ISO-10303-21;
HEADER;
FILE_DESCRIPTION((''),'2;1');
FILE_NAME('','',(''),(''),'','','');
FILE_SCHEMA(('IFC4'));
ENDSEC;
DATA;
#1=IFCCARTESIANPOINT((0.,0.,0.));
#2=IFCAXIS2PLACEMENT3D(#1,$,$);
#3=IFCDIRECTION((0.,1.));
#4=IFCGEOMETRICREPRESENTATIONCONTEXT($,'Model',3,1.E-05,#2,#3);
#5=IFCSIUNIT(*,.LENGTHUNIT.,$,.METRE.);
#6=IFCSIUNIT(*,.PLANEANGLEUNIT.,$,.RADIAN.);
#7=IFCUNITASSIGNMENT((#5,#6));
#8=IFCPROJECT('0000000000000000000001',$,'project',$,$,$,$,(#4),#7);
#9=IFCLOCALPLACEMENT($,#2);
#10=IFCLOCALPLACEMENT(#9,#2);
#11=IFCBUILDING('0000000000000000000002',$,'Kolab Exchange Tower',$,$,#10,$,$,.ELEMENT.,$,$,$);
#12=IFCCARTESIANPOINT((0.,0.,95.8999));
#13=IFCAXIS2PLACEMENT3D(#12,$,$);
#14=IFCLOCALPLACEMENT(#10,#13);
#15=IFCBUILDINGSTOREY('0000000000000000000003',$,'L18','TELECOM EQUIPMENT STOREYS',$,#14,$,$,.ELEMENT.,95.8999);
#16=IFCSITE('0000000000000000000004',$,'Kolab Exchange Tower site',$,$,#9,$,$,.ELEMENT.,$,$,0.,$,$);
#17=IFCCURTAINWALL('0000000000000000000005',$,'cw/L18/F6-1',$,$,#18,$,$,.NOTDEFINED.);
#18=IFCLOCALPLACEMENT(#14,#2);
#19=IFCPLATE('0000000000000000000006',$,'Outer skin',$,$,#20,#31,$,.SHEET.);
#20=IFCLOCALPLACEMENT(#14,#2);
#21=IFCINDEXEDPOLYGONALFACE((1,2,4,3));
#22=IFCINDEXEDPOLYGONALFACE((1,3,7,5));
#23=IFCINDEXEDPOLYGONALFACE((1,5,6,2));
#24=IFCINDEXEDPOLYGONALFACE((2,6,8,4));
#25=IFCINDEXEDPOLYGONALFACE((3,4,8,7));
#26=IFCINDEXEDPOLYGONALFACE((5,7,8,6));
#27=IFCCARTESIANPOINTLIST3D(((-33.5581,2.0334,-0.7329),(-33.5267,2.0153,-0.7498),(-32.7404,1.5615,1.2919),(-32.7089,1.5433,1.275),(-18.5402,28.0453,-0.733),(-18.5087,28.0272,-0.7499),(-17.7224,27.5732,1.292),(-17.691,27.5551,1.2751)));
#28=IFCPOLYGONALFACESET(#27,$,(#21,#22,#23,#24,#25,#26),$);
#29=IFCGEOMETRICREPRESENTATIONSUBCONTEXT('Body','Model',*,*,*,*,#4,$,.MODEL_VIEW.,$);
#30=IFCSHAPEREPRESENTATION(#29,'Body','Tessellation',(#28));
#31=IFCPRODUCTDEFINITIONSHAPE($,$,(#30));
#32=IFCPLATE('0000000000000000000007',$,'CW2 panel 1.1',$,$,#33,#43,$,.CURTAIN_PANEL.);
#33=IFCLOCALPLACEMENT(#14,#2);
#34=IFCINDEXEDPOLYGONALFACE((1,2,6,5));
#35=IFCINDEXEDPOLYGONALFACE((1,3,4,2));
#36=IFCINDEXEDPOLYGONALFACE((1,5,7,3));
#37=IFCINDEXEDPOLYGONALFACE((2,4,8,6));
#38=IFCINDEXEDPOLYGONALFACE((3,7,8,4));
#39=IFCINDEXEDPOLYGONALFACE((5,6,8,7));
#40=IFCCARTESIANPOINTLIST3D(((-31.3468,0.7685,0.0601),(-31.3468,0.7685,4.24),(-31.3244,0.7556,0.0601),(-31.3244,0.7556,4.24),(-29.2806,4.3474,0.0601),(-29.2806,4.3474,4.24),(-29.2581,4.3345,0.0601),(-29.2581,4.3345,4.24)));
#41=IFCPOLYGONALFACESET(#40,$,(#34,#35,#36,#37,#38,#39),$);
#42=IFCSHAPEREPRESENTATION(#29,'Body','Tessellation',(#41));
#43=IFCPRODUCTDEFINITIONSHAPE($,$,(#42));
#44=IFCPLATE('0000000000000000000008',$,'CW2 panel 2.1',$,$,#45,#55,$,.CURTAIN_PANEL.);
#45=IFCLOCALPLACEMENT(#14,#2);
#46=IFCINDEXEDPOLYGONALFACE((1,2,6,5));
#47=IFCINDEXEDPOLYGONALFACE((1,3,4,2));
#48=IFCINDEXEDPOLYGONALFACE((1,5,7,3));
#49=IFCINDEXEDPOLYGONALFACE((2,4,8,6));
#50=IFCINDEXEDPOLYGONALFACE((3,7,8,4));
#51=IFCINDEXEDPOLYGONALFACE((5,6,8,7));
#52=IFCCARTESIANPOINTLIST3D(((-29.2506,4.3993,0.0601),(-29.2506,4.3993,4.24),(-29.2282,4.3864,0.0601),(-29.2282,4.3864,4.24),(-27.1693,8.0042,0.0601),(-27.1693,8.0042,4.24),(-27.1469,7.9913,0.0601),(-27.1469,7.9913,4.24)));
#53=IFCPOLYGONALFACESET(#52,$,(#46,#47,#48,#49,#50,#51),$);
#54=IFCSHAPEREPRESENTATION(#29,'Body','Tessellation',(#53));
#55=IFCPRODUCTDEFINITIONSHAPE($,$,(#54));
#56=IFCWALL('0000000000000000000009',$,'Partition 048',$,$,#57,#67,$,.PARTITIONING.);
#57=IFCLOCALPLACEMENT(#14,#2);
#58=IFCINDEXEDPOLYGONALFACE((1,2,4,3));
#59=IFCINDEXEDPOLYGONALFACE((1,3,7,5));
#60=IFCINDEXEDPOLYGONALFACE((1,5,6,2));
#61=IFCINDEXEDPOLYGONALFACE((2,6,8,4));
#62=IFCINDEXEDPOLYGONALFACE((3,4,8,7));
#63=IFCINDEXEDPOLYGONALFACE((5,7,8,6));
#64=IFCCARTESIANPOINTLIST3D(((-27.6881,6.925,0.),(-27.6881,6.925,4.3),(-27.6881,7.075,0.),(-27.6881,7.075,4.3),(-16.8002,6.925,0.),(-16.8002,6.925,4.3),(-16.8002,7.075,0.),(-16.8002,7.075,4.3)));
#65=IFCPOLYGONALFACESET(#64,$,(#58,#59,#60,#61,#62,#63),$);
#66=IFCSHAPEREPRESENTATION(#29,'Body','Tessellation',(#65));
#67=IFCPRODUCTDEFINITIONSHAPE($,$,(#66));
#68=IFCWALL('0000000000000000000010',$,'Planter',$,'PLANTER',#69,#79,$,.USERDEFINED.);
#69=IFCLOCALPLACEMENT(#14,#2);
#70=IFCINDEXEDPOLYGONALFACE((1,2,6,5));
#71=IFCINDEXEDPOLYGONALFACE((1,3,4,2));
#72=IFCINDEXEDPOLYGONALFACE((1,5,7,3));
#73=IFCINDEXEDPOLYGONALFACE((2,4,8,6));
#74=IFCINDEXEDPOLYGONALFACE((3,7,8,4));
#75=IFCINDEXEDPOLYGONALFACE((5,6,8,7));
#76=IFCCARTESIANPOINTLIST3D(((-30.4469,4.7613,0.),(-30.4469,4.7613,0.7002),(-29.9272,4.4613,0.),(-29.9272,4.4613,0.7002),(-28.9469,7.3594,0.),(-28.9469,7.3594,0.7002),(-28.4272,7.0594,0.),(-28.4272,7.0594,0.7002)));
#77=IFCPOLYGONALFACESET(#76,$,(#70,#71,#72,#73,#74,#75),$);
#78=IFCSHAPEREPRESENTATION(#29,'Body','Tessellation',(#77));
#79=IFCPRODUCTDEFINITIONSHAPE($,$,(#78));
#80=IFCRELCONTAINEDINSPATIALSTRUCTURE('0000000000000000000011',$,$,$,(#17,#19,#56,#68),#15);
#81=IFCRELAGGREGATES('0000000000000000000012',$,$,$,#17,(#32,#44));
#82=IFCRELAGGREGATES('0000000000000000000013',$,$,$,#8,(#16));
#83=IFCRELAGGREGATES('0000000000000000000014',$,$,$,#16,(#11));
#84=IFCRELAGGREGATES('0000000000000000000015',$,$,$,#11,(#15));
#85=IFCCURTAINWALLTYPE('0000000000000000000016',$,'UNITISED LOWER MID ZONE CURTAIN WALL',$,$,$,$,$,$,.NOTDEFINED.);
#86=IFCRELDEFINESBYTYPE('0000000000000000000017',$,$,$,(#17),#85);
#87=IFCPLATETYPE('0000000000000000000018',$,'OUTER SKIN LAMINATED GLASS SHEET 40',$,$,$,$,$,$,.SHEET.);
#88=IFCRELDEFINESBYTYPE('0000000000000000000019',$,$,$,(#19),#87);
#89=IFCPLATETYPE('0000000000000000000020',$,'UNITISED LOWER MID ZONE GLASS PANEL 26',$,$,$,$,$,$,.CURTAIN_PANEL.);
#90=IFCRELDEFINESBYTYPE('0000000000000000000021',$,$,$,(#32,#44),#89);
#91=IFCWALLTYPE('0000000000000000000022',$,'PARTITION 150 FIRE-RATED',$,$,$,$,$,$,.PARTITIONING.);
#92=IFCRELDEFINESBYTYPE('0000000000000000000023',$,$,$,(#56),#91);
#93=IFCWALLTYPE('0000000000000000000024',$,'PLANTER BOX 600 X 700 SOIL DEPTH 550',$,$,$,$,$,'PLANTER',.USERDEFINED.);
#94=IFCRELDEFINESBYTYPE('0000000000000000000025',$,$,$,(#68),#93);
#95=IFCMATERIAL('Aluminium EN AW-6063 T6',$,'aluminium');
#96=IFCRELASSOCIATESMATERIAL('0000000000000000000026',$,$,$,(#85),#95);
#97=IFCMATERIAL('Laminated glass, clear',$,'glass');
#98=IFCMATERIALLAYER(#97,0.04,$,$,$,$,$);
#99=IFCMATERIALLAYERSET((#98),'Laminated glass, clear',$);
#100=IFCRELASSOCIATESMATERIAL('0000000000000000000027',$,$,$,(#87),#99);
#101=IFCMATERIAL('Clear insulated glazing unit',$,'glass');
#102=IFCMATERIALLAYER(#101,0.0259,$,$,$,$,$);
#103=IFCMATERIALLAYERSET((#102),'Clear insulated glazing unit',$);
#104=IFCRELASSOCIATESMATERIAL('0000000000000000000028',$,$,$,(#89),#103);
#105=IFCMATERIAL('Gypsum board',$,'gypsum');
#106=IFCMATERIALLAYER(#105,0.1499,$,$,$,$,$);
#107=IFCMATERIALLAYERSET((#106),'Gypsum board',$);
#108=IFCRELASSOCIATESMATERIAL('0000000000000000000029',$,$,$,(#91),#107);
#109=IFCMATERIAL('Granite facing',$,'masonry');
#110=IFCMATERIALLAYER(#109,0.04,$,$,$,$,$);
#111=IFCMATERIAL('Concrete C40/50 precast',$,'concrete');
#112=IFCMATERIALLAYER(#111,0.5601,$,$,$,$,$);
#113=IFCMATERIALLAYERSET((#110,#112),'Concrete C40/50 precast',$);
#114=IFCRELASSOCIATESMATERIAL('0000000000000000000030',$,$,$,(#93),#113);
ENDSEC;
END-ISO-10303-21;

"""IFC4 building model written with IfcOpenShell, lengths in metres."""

from ifc_helpers import new_model, si_unit, direction, frame, frame_2d, origin, origin_2d, place, context, subcontext, project, spatial, polyline, rectangle, outline, extrude, material, layer, layer_set, type_object, element, aggregate, save


model = new_model("IFC4")

# Units and contexts
model_context = context("Model", 3, precision=1e-05, world=origin(), true_north=direction((0.0, 1.0)))
body_context = subcontext(model_context, "Body", "Model", "MODEL_VIEW")
ifc_project = project(units=[si_unit("LENGTHUNIT", "METRE"), si_unit("PLANEANGLEUNIT", "RADIAN")], contexts=[model_context])

# Site, building, storey
site_placement = place(None, origin())
site = spatial("IfcSite", under=ifc_project, at=site_placement, Name="Kolab Exchange Tower site", CompositionType="ELEMENT", RefElevation=0.0)
building_placement = place(site_placement, origin())
building = spatial("IfcBuilding", under=site, at=building_placement, Name="Kolab Exchange Tower", CompositionType="ELEMENT")
storey_placement = place(building_placement, frame((0.0, 0.0, 95.8999)))
storey = spatial("IfcBuildingStorey", under=building, at=storey_placement, Name="L18", Description="TELECOM EQUIPMENT STOREYS", CompositionType="ELEMENT", Elevation=95.8999)

# Curtain wall
ifc_material_1 = material(Name="Aluminium EN AW-6063 T6", Category="aluminium")
curtain_wall_type = type_object("IfcCurtainWallType", Name="UNITISED LOWER MID ZONE CURTAIN WALL", PredefinedType="NOTDEFINED", material=ifc_material_1)
curtain_wall_1_placement = place(storey_placement, origin())
curtain_wall_1 = element("IfcCurtainWall", 1, at=curtain_wall_1_placement, inside=storey, type_object=curtain_wall_type, Name="cw/L18/F6-1", PredefinedType="NOTDEFINED")

# Plates
ifc_material_2 = material(Name="Laminated glass, clear", Category="glass")
ifc_layer_1 = layer(ifc_material_2, 0.04)
ifc_layer_set_1 = layer_set([ifc_layer_1], Name="Laminated glass, clear")
plate_type_1 = type_object("IfcPlateType", Name="OUTER SKIN LAMINATED GLASS SHEET 40", PredefinedType="SHEET", material=ifc_layer_set_1)
plate_1_placement = place(storey_placement, frame((-33.5581, 2.0334, -0.7329), z_axis=(-0.784887, 0.453155, 0.422613), x_axis=(0.499999, 0.866026, -0.000002)))
element("IfcPlate", 2, at=plate_1_placement, inside=storey, type_object=plate_type_1, Name="Outer skin", PredefinedType="SHEET", context=body_context, shape_type="SweptSolid", body=[
    extrude(outline(polyline([(0.0, 0.0), (30.0359, 0.0), (30.036, -2.2343), (0.0001, -2.2342), (0.0, 0.0)])), origin(), (0.0, 0.0, -1.0), 0.04),
])
ifc_material_3 = material(Name="Clear insulated glazing unit", Category="glass")
ifc_layer_2 = layer(ifc_material_3, 0.0259)
ifc_layer_set_2 = layer_set([ifc_layer_2], Name="Clear insulated glazing unit")
plate_type_2 = type_object("IfcPlateType", Name="UNITISED LOWER MID ZONE GLASS PANEL 26", PredefinedType="CURTAIN_PANEL", material=ifc_layer_set_2)
plate_2_placement = place(storey_placement, frame((-30.3025, 2.5515, 0.0601), z_axis=(0.0, 0.0, 1.0), x_axis=(0.5, 0.866025, 0.0)))
plate_2 = element("IfcPlate", 3, at=plate_2_placement, type_object=plate_type_2, Name="CW2 panel 1.1", PredefinedType="CURTAIN_PANEL", context=body_context, shape_type="SweptSolid", body=[
    extrude(rectangle(XDim=4.1326, YDim=0.0259, at=origin_2d()), origin(), (0.0, 0.0, 1.0), 4.1799),
])
plate_3_placement = place(storey_placement, frame((-28.1987, 6.1953, 0.0601), z_axis=(0.0, 0.0, 1.0), x_axis=(0.5, 0.866025, 0.0)))
plate_3 = element("IfcPlate", 4, at=plate_3_placement, type_object=plate_type_2, Name="CW2 panel 2.1", PredefinedType="CURTAIN_PANEL", context=body_context, shape_type="SweptSolid", body=[
    extrude(rectangle(XDim=4.1626, YDim=0.0259, at=origin_2d()), origin(), (0.0, 0.0, 1.0), 4.1799),
])
aggregate(curtain_wall_1, [plate_2, plate_3])

# Walls
ifc_material_4 = material(Name="Gypsum board", Category="gypsum")
ifc_layer_3 = layer(ifc_material_4, 0.1499)
ifc_layer_set_3 = layer_set([ifc_layer_3], Name="Gypsum board")
wall_type_1 = type_object("IfcWallType", Name="PARTITION 150 FIRE-RATED", PredefinedType="PARTITIONING", material=ifc_layer_set_3)
wall_1_placement = place(storey_placement, frame((-27.688, 7.0, 0.0), z_axis=(0.0, 0.0, 1.0), x_axis=(1.0, 0.0, 0.0)))
element("IfcWall", 5, at=wall_1_placement, inside=storey, type_object=wall_type_1, Name="Partition 048", PredefinedType="PARTITIONING", context=body_context, shape_type="SweptSolid", body=[
    extrude(rectangle(XDim=10.8879, YDim=0.1499, at=frame_2d((5.4438, 0.0))), origin(), (0.0, 0.0, 1.0), 4.3),
])
ifc_material_5 = material(Name="Granite facing", Category="masonry")
ifc_layer_4 = layer(ifc_material_5, 0.04)
ifc_material_6 = material(Name="Concrete C40/50 precast", Category="concrete")
ifc_layer_5 = layer(ifc_material_6, 0.5601)
ifc_layer_set_4 = layer_set([ifc_layer_4, ifc_layer_5], Name="Concrete C40/50 precast")
wall_type_2 = type_object("IfcWallType", Name="PLANTER BOX 600 X 700 SOIL DEPTH 550", ElementType="PLANTER", PredefinedType="USERDEFINED", material=ifc_layer_set_4)
wall_2_placement = place(storey_placement, frame((-30.187, 4.6113, 0.0), z_axis=(0.0, 0.0, 1.0), x_axis=(0.49999, 0.866031, 0.0)))
element("IfcWall", 6, at=wall_2_placement, inside=storey, type_object=wall_type_2, Name="Planter", ObjectType="PLANTER", PredefinedType="USERDEFINED", context=body_context, shape_type="SweptSolid", body=[
    extrude(rectangle(XDim=3.0, YDim=0.6001, at=frame_2d((1.5, 0.0))), origin(), (0.0, 0.0, 1.0), 0.7002),
])

save(model, "model.ifc")
